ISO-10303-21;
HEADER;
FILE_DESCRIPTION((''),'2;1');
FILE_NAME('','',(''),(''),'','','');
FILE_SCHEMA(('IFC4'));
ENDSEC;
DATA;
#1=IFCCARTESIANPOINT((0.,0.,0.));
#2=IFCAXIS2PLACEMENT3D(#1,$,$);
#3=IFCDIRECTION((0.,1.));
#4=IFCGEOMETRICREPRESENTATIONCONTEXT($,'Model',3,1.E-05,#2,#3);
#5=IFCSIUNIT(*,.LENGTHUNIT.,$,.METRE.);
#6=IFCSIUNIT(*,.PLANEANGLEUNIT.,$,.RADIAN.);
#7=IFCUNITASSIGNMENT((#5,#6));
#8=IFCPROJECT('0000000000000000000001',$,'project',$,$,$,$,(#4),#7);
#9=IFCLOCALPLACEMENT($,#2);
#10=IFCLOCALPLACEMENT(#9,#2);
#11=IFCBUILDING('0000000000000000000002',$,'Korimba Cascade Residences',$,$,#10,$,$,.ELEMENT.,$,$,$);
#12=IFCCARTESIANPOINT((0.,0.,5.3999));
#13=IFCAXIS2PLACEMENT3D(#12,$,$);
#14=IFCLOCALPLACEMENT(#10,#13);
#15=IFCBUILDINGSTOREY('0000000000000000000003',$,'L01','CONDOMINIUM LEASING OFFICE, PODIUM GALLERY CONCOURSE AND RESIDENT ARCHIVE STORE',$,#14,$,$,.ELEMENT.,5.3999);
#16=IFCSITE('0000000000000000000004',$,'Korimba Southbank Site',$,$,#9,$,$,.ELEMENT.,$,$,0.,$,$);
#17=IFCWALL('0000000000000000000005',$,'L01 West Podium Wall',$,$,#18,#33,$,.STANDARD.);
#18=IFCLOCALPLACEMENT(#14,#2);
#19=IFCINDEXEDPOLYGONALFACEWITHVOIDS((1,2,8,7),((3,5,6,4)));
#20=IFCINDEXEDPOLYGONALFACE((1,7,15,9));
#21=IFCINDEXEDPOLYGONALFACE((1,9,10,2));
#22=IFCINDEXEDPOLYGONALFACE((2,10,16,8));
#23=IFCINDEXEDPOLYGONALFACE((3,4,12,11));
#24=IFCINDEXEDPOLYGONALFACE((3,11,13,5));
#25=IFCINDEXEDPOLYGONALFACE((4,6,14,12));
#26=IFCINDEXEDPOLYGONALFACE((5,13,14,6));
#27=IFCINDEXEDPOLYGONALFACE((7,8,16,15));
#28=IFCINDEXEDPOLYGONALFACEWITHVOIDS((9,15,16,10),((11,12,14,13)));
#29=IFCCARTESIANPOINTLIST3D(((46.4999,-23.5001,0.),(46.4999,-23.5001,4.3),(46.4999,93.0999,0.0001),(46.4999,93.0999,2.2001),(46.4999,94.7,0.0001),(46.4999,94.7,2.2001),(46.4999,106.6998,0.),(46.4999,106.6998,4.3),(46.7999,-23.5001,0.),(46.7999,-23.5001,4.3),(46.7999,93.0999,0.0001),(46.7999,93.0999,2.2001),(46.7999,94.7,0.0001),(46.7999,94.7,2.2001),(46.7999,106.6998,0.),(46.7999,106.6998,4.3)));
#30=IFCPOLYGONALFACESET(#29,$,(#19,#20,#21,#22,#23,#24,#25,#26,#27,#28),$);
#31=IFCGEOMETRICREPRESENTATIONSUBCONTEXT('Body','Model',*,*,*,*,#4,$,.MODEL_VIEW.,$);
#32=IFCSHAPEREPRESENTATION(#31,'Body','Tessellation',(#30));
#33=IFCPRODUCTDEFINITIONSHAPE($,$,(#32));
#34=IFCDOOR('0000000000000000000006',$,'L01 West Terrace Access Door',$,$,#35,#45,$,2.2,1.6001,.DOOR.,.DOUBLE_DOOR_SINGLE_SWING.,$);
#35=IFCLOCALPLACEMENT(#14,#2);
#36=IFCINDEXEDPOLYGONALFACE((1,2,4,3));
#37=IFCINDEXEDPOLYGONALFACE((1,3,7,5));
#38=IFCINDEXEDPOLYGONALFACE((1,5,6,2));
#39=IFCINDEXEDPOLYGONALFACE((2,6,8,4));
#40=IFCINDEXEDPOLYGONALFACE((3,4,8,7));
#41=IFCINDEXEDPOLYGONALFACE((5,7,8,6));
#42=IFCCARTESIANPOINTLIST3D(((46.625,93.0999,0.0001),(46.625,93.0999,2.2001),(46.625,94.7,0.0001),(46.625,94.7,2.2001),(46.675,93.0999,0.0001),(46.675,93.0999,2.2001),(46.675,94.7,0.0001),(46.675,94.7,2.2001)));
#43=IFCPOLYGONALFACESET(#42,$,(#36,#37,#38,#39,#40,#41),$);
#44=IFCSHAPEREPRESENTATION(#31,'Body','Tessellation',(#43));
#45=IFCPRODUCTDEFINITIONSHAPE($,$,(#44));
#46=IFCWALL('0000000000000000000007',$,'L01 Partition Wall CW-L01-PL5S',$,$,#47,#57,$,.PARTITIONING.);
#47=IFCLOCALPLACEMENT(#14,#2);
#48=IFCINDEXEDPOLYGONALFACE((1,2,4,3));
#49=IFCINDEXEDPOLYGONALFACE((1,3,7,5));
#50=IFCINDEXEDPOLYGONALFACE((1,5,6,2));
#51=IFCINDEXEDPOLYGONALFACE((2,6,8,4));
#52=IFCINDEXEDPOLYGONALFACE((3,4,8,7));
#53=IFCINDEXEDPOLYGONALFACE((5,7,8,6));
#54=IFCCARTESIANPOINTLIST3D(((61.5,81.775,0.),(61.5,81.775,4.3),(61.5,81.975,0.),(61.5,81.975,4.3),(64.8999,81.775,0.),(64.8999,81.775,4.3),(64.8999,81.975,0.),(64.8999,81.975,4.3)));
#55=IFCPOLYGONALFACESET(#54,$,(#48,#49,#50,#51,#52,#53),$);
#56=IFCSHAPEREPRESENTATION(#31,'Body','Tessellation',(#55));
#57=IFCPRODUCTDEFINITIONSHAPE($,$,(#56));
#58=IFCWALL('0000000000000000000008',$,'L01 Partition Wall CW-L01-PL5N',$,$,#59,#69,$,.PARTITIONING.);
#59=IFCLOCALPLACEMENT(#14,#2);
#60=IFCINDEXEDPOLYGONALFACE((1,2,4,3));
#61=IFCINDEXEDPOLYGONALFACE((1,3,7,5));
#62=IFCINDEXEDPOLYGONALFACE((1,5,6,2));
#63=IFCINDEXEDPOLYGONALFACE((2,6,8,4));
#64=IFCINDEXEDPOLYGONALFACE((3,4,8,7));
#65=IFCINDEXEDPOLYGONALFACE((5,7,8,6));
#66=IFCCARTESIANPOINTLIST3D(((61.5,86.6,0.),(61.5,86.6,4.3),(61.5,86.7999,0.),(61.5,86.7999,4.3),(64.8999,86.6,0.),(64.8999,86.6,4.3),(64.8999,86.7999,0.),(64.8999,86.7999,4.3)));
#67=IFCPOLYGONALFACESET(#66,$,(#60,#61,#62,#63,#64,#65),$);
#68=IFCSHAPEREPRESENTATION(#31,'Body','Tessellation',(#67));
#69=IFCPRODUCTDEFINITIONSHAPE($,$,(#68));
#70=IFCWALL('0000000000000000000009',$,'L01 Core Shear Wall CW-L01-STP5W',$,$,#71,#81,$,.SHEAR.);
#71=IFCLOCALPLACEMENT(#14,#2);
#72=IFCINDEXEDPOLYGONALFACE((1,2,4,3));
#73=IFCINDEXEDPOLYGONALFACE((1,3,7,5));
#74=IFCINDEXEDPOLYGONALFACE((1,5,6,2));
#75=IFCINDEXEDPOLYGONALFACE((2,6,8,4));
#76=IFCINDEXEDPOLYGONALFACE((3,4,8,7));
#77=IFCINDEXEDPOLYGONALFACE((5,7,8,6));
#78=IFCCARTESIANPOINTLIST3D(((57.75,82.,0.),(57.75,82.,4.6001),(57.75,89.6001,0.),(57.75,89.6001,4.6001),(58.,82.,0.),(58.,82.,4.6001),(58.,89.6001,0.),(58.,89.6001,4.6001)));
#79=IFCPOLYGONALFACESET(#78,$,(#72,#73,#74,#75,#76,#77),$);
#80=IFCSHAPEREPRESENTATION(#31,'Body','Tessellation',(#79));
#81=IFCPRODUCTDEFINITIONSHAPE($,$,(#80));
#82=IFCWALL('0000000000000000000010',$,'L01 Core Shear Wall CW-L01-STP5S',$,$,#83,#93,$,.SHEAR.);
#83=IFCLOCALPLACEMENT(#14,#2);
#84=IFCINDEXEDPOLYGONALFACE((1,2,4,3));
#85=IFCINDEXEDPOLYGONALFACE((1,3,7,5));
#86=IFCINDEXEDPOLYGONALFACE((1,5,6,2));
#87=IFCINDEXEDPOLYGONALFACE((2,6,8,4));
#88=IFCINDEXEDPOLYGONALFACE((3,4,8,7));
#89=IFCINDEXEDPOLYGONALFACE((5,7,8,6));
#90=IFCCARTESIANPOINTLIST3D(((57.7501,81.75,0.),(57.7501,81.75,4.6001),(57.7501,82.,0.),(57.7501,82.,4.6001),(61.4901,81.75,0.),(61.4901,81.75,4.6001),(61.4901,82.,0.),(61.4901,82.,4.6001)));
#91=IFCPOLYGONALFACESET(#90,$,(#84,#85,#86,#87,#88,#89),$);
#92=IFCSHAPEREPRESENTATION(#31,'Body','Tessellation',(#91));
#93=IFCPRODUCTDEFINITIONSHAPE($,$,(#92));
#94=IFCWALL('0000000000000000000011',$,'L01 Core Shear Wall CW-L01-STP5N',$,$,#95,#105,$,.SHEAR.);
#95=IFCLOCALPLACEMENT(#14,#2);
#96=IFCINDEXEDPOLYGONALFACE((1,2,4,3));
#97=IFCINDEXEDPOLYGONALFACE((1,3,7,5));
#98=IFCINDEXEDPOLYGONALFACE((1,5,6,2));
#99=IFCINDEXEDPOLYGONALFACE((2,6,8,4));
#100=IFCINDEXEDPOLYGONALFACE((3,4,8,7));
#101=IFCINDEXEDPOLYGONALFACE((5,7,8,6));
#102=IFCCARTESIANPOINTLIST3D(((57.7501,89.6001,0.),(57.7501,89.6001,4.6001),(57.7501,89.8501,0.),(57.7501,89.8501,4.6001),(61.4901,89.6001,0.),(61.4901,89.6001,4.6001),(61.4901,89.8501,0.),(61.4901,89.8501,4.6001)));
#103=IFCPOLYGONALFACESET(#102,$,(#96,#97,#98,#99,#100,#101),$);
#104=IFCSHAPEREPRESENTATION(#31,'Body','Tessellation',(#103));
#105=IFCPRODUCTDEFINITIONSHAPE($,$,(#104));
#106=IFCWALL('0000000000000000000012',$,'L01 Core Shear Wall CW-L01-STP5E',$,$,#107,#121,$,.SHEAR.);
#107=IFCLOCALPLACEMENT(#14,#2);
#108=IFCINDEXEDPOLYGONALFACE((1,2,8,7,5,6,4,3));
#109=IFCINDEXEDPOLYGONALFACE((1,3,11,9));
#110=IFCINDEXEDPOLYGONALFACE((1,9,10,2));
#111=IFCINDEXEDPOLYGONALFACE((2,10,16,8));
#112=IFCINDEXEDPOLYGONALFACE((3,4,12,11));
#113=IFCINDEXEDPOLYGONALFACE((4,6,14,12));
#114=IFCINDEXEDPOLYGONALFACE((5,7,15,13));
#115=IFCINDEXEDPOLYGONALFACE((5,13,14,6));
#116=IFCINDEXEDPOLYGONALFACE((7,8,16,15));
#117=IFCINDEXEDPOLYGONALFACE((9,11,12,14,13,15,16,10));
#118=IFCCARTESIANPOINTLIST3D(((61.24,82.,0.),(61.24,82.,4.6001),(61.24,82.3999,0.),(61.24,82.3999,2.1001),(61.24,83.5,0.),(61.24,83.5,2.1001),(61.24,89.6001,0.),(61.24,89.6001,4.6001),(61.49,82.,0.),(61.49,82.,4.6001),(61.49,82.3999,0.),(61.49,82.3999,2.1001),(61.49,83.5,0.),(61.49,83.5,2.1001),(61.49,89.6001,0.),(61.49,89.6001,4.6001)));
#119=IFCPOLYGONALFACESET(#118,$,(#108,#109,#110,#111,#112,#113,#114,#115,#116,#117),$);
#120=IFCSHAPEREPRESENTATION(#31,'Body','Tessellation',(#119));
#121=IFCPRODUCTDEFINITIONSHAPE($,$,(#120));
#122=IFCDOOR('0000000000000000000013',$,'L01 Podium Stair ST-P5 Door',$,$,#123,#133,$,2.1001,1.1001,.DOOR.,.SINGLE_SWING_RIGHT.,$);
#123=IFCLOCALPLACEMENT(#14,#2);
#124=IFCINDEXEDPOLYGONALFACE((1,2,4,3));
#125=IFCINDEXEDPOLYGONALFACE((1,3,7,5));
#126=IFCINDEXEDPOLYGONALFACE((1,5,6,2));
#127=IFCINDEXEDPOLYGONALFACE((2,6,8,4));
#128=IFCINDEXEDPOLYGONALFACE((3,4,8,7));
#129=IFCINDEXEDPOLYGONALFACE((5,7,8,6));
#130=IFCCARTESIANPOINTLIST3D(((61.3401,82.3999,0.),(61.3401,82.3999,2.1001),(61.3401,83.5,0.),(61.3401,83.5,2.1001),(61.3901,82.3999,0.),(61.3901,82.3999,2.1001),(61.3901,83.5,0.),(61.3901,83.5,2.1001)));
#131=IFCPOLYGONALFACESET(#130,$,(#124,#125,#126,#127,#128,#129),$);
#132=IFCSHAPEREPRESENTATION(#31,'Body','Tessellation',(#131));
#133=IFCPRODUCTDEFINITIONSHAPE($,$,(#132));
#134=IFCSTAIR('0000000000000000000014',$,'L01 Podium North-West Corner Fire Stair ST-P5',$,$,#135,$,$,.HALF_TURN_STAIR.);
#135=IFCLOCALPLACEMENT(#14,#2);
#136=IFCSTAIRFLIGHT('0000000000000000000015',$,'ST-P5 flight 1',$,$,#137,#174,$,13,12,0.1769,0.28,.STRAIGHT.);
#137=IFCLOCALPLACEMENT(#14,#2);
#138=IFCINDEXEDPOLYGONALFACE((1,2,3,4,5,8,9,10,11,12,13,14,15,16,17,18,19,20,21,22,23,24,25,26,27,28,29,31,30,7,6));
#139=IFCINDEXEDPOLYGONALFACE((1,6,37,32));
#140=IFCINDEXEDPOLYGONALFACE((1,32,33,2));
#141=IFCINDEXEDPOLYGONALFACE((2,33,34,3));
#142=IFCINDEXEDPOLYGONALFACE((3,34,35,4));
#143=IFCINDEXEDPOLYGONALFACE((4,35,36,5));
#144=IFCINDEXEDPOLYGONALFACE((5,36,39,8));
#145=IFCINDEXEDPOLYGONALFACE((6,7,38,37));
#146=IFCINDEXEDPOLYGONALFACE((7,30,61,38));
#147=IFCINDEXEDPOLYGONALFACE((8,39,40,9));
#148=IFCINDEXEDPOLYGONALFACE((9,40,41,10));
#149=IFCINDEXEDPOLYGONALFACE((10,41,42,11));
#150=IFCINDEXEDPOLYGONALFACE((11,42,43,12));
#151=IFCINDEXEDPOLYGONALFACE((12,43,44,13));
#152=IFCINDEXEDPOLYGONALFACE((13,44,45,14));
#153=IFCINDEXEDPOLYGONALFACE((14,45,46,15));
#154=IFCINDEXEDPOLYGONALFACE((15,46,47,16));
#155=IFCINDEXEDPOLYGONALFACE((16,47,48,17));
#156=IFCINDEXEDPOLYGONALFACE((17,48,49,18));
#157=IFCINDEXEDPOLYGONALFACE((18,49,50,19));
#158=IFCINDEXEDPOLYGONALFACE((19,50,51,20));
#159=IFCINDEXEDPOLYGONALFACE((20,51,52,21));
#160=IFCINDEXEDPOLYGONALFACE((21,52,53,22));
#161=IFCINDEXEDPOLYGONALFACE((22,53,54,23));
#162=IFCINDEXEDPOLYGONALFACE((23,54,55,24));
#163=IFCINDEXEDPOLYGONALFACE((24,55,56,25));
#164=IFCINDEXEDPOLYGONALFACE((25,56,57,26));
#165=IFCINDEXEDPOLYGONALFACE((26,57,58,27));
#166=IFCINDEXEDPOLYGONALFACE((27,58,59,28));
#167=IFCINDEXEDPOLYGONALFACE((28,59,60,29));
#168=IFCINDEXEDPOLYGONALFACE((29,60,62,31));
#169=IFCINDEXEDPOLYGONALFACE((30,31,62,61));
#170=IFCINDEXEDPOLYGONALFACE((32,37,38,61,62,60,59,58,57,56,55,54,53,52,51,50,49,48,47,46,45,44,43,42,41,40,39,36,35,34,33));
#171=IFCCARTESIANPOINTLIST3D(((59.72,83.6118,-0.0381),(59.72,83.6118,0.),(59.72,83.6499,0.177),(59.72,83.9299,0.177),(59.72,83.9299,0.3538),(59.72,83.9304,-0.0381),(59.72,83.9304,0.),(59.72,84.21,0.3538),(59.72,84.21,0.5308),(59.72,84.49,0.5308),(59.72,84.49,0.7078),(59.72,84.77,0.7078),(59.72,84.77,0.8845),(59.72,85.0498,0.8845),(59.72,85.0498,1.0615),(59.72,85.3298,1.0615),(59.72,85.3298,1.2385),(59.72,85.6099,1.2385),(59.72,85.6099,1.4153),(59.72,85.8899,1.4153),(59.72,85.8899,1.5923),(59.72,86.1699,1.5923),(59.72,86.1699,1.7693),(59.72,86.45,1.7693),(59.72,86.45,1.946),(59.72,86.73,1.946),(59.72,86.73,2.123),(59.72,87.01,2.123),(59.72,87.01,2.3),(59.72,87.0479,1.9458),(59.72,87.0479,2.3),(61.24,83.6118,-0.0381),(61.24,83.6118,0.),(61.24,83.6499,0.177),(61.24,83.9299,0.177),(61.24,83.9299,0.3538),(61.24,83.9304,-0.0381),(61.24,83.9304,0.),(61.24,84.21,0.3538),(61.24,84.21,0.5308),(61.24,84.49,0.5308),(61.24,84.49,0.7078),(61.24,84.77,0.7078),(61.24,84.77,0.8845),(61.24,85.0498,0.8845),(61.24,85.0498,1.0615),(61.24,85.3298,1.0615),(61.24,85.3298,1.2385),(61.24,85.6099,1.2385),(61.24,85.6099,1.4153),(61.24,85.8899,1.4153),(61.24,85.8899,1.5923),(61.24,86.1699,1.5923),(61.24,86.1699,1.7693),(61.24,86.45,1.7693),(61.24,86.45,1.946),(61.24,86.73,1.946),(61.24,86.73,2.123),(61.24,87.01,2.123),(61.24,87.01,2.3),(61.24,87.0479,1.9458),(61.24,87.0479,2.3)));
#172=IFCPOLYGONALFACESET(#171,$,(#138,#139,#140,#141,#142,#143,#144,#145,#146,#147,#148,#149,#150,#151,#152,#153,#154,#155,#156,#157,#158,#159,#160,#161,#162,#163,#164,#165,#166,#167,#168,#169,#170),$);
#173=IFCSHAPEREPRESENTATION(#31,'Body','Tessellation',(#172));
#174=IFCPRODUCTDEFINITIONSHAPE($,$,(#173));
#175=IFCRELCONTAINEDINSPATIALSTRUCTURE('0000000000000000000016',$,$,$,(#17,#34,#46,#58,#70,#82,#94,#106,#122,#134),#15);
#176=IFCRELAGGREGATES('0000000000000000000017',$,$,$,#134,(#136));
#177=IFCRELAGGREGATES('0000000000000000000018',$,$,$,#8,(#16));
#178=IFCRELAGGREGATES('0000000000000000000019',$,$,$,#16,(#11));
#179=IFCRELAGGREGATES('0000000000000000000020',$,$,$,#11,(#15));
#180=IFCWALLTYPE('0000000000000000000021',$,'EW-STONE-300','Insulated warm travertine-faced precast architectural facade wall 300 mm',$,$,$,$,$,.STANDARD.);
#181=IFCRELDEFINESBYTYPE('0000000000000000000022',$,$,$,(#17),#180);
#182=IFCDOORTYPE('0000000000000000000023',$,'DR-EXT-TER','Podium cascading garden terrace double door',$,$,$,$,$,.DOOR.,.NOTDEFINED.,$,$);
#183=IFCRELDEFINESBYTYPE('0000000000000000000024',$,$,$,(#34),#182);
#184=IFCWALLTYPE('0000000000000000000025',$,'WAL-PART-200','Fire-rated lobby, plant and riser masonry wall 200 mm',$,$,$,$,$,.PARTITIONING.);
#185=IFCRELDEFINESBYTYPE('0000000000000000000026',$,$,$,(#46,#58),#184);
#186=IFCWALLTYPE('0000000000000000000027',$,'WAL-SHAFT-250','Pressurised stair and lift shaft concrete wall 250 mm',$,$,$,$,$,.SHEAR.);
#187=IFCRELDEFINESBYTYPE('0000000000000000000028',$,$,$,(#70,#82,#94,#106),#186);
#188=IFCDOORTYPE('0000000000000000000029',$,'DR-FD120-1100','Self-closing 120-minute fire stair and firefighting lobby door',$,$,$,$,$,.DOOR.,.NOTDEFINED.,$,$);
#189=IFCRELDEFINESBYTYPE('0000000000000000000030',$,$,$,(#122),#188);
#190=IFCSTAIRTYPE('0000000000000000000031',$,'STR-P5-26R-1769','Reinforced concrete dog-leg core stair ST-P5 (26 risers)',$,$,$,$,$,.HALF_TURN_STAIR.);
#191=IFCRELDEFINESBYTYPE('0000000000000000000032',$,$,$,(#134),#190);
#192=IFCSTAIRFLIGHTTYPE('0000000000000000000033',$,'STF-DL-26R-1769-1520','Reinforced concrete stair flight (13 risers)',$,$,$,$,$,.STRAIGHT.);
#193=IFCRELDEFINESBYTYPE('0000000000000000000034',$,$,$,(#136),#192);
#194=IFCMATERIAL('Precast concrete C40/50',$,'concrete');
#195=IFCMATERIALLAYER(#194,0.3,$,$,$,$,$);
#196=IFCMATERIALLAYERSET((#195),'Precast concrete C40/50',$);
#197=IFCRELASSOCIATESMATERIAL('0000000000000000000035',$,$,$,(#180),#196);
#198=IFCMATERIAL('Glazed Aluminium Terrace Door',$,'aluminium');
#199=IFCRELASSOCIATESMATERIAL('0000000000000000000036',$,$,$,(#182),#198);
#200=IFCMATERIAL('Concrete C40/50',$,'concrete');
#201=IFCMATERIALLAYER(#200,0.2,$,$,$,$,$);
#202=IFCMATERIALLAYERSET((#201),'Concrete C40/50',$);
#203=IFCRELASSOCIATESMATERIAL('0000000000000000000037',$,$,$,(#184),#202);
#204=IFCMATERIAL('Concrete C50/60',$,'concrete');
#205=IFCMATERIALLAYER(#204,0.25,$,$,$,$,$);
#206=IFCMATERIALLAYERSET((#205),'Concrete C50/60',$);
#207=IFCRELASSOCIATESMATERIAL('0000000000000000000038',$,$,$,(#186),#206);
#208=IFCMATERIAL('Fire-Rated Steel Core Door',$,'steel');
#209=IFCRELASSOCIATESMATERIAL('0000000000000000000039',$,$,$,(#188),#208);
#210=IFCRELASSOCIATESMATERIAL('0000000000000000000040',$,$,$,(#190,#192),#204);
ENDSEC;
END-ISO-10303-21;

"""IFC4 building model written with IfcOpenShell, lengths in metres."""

from ifc_helpers import new_model, si_unit, direction, frame, frame_2d, origin, place, context, subcontext, project, spatial, polyline, rectangle, outline, extrude, material, layer, layer_set, type_object, element, fill, aggregate, save


model = new_model("IFC4")

# Units and contexts
model_context = context("Model", 3, precision=1e-05, world=origin(), true_north=direction((0.0, 1.0)))
body_context = subcontext(model_context, "Body", "Model", "MODEL_VIEW")
ifc_project = project(units=[si_unit("LENGTHUNIT", "METRE"), si_unit("PLANEANGLEUNIT", "RADIAN")], contexts=[model_context])

# Site, building, storey
site_placement = place(None, origin())
site = spatial("IfcSite", under=ifc_project, at=site_placement, Name="Korimba Southbank Site", CompositionType="ELEMENT", RefElevation=0.0)
building_placement = place(site_placement, origin())
building = spatial("IfcBuilding", under=site, at=building_placement, Name="Korimba Cascade Residences", CompositionType="ELEMENT")
storey_placement = place(building_placement, frame((0.0, 0.0, 5.3999)))
storey = spatial("IfcBuildingStorey", under=building, at=storey_placement, Name="L01", Description="CONDOMINIUM LEASING OFFICE, PODIUM GALLERY CONCOURSE AND RESIDENT ARCHIVE STORE", CompositionType="ELEMENT", Elevation=5.3999)

# Shared definitions
ifc_material_1 = material(Name="Concrete C50/60", Category="concrete")

# Wall, opening, door
ifc_material_2 = material(Name="Precast concrete C40/50", Category="concrete")
ifc_layer_1 = layer(ifc_material_2, 0.3)
ifc_layer_set_1 = layer_set([ifc_layer_1], Name="Precast concrete C40/50")
wall_type_1 = type_object("IfcWallType", Name="EW-STONE-300", Description="Insulated warm travertine-faced precast architectural facade wall 300 mm", PredefinedType="STANDARD", material=ifc_layer_set_1)
wall_1_placement = place(storey_placement, frame((46.6499, 106.7, 0.0), z_axis=(0.0, 0.0, 1.0), x_axis=(0.0, -1.0, 0.0)))
wall_1 = element("IfcWall", 1, at=wall_1_placement, inside=storey, type_object=wall_type_1, Name="L01 West Podium Wall", PredefinedType="STANDARD", context=body_context, shape_type="SweptSolid", body=[
    extrude(rectangle(XDim=130.2, YDim=0.3, at=frame_2d((65.1001, 0.0))), origin(), (0.0, 0.0, 1.0), 4.3),
])
opening_1_placement = place(wall_1_placement, frame((12.0, 0.0, 0.0)))
opening_1 = element("IfcOpeningElement", 2, at=opening_1_placement, cuts=wall_1, PredefinedType="OPENING", context=body_context, shape_type="SweptSolid", body=[
    extrude(rectangle(XDim=1.6001, YDim=2.2, at=frame_2d((0.8, 1.1001))), frame((0.0, 0.1602, 0.0), z_axis=(0.0, -1.0, 0.0), x_axis=(1.0, 0.0, 0.0)), (0.0, 0.0, 1.0), 0.3201),
])
ifc_material_3 = material(Name="Glazed Aluminium Terrace Door", Category="aluminium")
door_type_1 = type_object("IfcDoorType", Name="DR-EXT-TER", Description="Podium cascading garden terrace double door", OperationType="NOTDEFINED", PredefinedType="DOOR", material=ifc_material_3)
door_1_placement = place(opening_1_placement, frame((1.6001, 0.0, 0.0), z_axis=(0.0, 0.0, 1.0), x_axis=(-1.0, 0.0, 0.0)))
door_1 = element("IfcDoor", 3, at=door_1_placement, inside=storey, type_object=door_type_1, Name="L01 West Terrace Access Door", OperationType="DOUBLE_DOOR_SINGLE_SWING", OverallHeight=2.2, OverallWidth=1.6001, PredefinedType="DOOR", context=body_context, shape_type="SweptSolid", body=[
    extrude(rectangle(XDim=1.6001, YDim=2.2, at=frame_2d((0.8, 1.1001))), frame((0.0, 0.0249, 0.0), z_axis=(0.0, -1.0, 0.0), x_axis=(1.0, 0.0, 0.0)), (0.0, 0.0, 1.0), 0.05),
])
fill(opening_1, door_1)
ifc_material_4 = material(Name="Concrete C40/50", Category="concrete")
ifc_layer_2 = layer(ifc_material_4, 0.2)
ifc_layer_set_2 = layer_set([ifc_layer_2], Name="Concrete C40/50")
wall_type_2 = type_object("IfcWallType", Name="WAL-PART-200", Description="Fire-rated lobby, plant and riser masonry wall 200 mm", PredefinedType="PARTITIONING", material=ifc_layer_set_2)

# Walls
for number, where, z_axis, x_axis, name in (
    (4, (61.5, 81.875, 0.0), (0.0, 0.0, 1.0), (1.0, 0.0, 0.0), "L01 Partition Wall CW-L01-PL5S"),
    (5, (61.5, 86.7, 0.0), (0.0, 0.0, 1.0), (1.0, 0.0, 0.0), "L01 Partition Wall CW-L01-PL5N"),
):
    element("IfcWall", number, at=place(storey_placement, frame(where, z_axis=z_axis, x_axis=x_axis)), inside=storey, type_object=wall_type_2, Name=name, PredefinedType="PARTITIONING", context=body_context, shape_type="SweptSolid", body=[
        extrude(rectangle(XDim=3.3999, YDim=0.2, at=frame_2d((1.7, 0.0))), origin(), (0.0, 0.0, 1.0), 4.3),
    ])
ifc_layer_3 = layer(ifc_material_1, 0.25)
ifc_layer_set_3 = layer_set([ifc_layer_3], Name="Concrete C50/60")
wall_type_3 = type_object("IfcWallType", Name="WAL-SHAFT-250", Description="Pressurised stair and lift shaft concrete wall 250 mm", PredefinedType="SHEAR", material=ifc_layer_set_3)
wall_2_placement = place(storey_placement, frame((57.875, 82.0, 0.0), z_axis=(0.0, 0.0, 1.0), x_axis=(0.0, 1.0, 0.0)))
element("IfcWall", 6, at=wall_2_placement, inside=storey, type_object=wall_type_3, Name="L01 Core Shear Wall CW-L01-STP5W", PredefinedType="SHEAR", context=body_context, shape_type="SweptSolid", body=[
    extrude(rectangle(XDim=7.6001, YDim=0.25, at=frame_2d((3.8, 0.0))), origin(), (0.0, 0.0, 1.0), 4.6001),
])
for number, where, z_axis, x_axis, name in (
    (7, (57.75, 81.875, 0.0), (0.0, 0.0, 1.0), (1.0, 0.0, 0.0), "L01 Core Shear Wall CW-L01-STP5S"),
    (8, (57.75, 89.7251, 0.0), (0.0, 0.0, 1.0), (1.0, 0.0, 0.0), "L01 Core Shear Wall CW-L01-STP5N"),
):
    element("IfcWall", number, at=place(storey_placement, frame(where, z_axis=z_axis, x_axis=x_axis)), inside=storey, type_object=wall_type_3, Name=name, PredefinedType="SHEAR", context=body_context, shape_type="SweptSolid", body=[
        extrude(rectangle(XDim=3.74, YDim=0.25, at=frame_2d((1.8701, 0.0))), origin(), (0.0, 0.0, 1.0), 4.6001),
    ])

# Wall, opening, door
wall_3_placement = place(storey_placement, frame((61.365, 82.0, 0.0), z_axis=(0.0, 0.0, 1.0), x_axis=(0.0, 1.0, 0.0)))
wall_3 = element("IfcWall", 9, at=wall_3_placement, inside=storey, type_object=wall_type_3, Name="L01 Core Shear Wall CW-L01-STP5E", PredefinedType="SHEAR", context=body_context, shape_type="SweptSolid", body=[
    extrude(rectangle(XDim=7.6001, YDim=0.25, at=frame_2d((3.8, 0.0))), origin(), (0.0, 0.0, 1.0), 4.6001),
])
opening_2_placement = place(wall_3_placement, frame((0.3999, 0.0, 0.0)))
opening_2 = element("IfcOpeningElement", 10, at=opening_2_placement, cuts=wall_3, PredefinedType="OPENING", context=body_context, shape_type="SweptSolid", body=[
    extrude(rectangle(XDim=1.1001, YDim=2.1001, at=frame_2d((0.55, 1.05))), frame((0.0, 0.135, 0.0), z_axis=(0.0, -1.0, 0.0), x_axis=(1.0, 0.0, 0.0)), (0.0, 0.0, 1.0), 0.27),
])
ifc_material_5 = material(Name="Fire-Rated Steel Core Door", Category="steel")
door_type_2 = type_object("IfcDoorType", Name="DR-FD120-1100", Description="Self-closing 120-minute fire stair and firefighting lobby door", OperationType="NOTDEFINED", PredefinedType="DOOR", material=ifc_material_5)
door_2_placement = place(opening_2_placement, origin())
door_2 = element("IfcDoor", 11, at=door_2_placement, inside=storey, type_object=door_type_2, Name="L01 Podium Stair ST-P5 Door", OperationType="SINGLE_SWING_RIGHT", OverallHeight=2.1001, OverallWidth=1.1001, PredefinedType="DOOR", context=body_context, shape_type="SweptSolid", body=[
    extrude(rectangle(XDim=1.1001, YDim=2.1001, at=frame_2d((0.55, 1.05))), frame((0.0, 0.0249, 0.0), z_axis=(0.0, -1.0, 0.0), x_axis=(1.0, 0.0, 0.0)), (0.0, 0.0, 1.0), 0.05),
])
fill(opening_2, door_2)

# Stair, stair flight
stair_type = type_object("IfcStairType", Name="STR-P5-26R-1769", Description="Reinforced concrete dog-leg core stair ST-P5 (26 risers)", PredefinedType="HALF_TURN_STAIR", material=ifc_material_1)
stair_placement = place(storey_placement, origin())
stair = element("IfcStair", 12, at=stair_placement, inside=storey, type_object=stair_type, Name="L01 Podium North-West Corner Fire Stair ST-P5", PredefinedType="HALF_TURN_STAIR")
stair_flight_type = type_object("IfcStairFlightType", Name="STF-DL-26R-1769-1520", Description="Reinforced concrete stair flight (13 risers)", PredefinedType="STRAIGHT", material=ifc_material_1)
stair_flight_1_placement = place(storey_placement, frame((60.48, 83.6499, 0.0), z_axis=(0.0, 0.0, 1.0), x_axis=(0.0, 1.0, 0.0)))
stair_flight_1 = element("IfcStairFlight", 13, at=stair_flight_1_placement, type_object=stair_flight_type, Name="ST-P5 flight 1", NumberOfRisers=13, NumberOfTreads=12, PredefinedType="STRAIGHT", RiserHeight=0.1769, TreadLength=0.28, context=body_context, shape_type="SweptSolid", body=[
    extrude(outline(polyline([(-0.0381, 0.0), (0.0, 0.177), (0.28, 0.177), (0.28, 0.3538), (0.5601, 0.3538), (0.5601, 0.5308), (0.8401, 0.5308), (0.8401, 0.7078), (1.1201, 0.7078), (1.1201, 0.8845), (1.3999, 0.8845), (1.3999, 1.0615), (1.6799, 1.0615), (1.6799, 1.2385), (1.96, 1.2385), (1.96, 1.4153), (2.24, 1.4153), (2.24, 1.5923), (2.52, 1.5923), (2.52, 1.7693), (2.8, 1.7693), (2.8, 1.946), (3.0801, 1.946), (3.0801, 2.123), (3.3601, 2.123), (3.3601, 2.3), (3.3979, 2.3), (3.3979, 1.9458), (0.2805, 0.0), (0.2805, -0.0381), (-0.0381, -0.0381), (-0.0381, 0.0)])), frame((0.0, 0.76, 0.0), z_axis=(0.0, -1.0, 0.0), x_axis=(1.0, 0.0, 0.0)), (0.0, 0.0, 1.0), 1.52),
])
aggregate(stair, [stair_flight_1])

save(model, "model.ifc")
